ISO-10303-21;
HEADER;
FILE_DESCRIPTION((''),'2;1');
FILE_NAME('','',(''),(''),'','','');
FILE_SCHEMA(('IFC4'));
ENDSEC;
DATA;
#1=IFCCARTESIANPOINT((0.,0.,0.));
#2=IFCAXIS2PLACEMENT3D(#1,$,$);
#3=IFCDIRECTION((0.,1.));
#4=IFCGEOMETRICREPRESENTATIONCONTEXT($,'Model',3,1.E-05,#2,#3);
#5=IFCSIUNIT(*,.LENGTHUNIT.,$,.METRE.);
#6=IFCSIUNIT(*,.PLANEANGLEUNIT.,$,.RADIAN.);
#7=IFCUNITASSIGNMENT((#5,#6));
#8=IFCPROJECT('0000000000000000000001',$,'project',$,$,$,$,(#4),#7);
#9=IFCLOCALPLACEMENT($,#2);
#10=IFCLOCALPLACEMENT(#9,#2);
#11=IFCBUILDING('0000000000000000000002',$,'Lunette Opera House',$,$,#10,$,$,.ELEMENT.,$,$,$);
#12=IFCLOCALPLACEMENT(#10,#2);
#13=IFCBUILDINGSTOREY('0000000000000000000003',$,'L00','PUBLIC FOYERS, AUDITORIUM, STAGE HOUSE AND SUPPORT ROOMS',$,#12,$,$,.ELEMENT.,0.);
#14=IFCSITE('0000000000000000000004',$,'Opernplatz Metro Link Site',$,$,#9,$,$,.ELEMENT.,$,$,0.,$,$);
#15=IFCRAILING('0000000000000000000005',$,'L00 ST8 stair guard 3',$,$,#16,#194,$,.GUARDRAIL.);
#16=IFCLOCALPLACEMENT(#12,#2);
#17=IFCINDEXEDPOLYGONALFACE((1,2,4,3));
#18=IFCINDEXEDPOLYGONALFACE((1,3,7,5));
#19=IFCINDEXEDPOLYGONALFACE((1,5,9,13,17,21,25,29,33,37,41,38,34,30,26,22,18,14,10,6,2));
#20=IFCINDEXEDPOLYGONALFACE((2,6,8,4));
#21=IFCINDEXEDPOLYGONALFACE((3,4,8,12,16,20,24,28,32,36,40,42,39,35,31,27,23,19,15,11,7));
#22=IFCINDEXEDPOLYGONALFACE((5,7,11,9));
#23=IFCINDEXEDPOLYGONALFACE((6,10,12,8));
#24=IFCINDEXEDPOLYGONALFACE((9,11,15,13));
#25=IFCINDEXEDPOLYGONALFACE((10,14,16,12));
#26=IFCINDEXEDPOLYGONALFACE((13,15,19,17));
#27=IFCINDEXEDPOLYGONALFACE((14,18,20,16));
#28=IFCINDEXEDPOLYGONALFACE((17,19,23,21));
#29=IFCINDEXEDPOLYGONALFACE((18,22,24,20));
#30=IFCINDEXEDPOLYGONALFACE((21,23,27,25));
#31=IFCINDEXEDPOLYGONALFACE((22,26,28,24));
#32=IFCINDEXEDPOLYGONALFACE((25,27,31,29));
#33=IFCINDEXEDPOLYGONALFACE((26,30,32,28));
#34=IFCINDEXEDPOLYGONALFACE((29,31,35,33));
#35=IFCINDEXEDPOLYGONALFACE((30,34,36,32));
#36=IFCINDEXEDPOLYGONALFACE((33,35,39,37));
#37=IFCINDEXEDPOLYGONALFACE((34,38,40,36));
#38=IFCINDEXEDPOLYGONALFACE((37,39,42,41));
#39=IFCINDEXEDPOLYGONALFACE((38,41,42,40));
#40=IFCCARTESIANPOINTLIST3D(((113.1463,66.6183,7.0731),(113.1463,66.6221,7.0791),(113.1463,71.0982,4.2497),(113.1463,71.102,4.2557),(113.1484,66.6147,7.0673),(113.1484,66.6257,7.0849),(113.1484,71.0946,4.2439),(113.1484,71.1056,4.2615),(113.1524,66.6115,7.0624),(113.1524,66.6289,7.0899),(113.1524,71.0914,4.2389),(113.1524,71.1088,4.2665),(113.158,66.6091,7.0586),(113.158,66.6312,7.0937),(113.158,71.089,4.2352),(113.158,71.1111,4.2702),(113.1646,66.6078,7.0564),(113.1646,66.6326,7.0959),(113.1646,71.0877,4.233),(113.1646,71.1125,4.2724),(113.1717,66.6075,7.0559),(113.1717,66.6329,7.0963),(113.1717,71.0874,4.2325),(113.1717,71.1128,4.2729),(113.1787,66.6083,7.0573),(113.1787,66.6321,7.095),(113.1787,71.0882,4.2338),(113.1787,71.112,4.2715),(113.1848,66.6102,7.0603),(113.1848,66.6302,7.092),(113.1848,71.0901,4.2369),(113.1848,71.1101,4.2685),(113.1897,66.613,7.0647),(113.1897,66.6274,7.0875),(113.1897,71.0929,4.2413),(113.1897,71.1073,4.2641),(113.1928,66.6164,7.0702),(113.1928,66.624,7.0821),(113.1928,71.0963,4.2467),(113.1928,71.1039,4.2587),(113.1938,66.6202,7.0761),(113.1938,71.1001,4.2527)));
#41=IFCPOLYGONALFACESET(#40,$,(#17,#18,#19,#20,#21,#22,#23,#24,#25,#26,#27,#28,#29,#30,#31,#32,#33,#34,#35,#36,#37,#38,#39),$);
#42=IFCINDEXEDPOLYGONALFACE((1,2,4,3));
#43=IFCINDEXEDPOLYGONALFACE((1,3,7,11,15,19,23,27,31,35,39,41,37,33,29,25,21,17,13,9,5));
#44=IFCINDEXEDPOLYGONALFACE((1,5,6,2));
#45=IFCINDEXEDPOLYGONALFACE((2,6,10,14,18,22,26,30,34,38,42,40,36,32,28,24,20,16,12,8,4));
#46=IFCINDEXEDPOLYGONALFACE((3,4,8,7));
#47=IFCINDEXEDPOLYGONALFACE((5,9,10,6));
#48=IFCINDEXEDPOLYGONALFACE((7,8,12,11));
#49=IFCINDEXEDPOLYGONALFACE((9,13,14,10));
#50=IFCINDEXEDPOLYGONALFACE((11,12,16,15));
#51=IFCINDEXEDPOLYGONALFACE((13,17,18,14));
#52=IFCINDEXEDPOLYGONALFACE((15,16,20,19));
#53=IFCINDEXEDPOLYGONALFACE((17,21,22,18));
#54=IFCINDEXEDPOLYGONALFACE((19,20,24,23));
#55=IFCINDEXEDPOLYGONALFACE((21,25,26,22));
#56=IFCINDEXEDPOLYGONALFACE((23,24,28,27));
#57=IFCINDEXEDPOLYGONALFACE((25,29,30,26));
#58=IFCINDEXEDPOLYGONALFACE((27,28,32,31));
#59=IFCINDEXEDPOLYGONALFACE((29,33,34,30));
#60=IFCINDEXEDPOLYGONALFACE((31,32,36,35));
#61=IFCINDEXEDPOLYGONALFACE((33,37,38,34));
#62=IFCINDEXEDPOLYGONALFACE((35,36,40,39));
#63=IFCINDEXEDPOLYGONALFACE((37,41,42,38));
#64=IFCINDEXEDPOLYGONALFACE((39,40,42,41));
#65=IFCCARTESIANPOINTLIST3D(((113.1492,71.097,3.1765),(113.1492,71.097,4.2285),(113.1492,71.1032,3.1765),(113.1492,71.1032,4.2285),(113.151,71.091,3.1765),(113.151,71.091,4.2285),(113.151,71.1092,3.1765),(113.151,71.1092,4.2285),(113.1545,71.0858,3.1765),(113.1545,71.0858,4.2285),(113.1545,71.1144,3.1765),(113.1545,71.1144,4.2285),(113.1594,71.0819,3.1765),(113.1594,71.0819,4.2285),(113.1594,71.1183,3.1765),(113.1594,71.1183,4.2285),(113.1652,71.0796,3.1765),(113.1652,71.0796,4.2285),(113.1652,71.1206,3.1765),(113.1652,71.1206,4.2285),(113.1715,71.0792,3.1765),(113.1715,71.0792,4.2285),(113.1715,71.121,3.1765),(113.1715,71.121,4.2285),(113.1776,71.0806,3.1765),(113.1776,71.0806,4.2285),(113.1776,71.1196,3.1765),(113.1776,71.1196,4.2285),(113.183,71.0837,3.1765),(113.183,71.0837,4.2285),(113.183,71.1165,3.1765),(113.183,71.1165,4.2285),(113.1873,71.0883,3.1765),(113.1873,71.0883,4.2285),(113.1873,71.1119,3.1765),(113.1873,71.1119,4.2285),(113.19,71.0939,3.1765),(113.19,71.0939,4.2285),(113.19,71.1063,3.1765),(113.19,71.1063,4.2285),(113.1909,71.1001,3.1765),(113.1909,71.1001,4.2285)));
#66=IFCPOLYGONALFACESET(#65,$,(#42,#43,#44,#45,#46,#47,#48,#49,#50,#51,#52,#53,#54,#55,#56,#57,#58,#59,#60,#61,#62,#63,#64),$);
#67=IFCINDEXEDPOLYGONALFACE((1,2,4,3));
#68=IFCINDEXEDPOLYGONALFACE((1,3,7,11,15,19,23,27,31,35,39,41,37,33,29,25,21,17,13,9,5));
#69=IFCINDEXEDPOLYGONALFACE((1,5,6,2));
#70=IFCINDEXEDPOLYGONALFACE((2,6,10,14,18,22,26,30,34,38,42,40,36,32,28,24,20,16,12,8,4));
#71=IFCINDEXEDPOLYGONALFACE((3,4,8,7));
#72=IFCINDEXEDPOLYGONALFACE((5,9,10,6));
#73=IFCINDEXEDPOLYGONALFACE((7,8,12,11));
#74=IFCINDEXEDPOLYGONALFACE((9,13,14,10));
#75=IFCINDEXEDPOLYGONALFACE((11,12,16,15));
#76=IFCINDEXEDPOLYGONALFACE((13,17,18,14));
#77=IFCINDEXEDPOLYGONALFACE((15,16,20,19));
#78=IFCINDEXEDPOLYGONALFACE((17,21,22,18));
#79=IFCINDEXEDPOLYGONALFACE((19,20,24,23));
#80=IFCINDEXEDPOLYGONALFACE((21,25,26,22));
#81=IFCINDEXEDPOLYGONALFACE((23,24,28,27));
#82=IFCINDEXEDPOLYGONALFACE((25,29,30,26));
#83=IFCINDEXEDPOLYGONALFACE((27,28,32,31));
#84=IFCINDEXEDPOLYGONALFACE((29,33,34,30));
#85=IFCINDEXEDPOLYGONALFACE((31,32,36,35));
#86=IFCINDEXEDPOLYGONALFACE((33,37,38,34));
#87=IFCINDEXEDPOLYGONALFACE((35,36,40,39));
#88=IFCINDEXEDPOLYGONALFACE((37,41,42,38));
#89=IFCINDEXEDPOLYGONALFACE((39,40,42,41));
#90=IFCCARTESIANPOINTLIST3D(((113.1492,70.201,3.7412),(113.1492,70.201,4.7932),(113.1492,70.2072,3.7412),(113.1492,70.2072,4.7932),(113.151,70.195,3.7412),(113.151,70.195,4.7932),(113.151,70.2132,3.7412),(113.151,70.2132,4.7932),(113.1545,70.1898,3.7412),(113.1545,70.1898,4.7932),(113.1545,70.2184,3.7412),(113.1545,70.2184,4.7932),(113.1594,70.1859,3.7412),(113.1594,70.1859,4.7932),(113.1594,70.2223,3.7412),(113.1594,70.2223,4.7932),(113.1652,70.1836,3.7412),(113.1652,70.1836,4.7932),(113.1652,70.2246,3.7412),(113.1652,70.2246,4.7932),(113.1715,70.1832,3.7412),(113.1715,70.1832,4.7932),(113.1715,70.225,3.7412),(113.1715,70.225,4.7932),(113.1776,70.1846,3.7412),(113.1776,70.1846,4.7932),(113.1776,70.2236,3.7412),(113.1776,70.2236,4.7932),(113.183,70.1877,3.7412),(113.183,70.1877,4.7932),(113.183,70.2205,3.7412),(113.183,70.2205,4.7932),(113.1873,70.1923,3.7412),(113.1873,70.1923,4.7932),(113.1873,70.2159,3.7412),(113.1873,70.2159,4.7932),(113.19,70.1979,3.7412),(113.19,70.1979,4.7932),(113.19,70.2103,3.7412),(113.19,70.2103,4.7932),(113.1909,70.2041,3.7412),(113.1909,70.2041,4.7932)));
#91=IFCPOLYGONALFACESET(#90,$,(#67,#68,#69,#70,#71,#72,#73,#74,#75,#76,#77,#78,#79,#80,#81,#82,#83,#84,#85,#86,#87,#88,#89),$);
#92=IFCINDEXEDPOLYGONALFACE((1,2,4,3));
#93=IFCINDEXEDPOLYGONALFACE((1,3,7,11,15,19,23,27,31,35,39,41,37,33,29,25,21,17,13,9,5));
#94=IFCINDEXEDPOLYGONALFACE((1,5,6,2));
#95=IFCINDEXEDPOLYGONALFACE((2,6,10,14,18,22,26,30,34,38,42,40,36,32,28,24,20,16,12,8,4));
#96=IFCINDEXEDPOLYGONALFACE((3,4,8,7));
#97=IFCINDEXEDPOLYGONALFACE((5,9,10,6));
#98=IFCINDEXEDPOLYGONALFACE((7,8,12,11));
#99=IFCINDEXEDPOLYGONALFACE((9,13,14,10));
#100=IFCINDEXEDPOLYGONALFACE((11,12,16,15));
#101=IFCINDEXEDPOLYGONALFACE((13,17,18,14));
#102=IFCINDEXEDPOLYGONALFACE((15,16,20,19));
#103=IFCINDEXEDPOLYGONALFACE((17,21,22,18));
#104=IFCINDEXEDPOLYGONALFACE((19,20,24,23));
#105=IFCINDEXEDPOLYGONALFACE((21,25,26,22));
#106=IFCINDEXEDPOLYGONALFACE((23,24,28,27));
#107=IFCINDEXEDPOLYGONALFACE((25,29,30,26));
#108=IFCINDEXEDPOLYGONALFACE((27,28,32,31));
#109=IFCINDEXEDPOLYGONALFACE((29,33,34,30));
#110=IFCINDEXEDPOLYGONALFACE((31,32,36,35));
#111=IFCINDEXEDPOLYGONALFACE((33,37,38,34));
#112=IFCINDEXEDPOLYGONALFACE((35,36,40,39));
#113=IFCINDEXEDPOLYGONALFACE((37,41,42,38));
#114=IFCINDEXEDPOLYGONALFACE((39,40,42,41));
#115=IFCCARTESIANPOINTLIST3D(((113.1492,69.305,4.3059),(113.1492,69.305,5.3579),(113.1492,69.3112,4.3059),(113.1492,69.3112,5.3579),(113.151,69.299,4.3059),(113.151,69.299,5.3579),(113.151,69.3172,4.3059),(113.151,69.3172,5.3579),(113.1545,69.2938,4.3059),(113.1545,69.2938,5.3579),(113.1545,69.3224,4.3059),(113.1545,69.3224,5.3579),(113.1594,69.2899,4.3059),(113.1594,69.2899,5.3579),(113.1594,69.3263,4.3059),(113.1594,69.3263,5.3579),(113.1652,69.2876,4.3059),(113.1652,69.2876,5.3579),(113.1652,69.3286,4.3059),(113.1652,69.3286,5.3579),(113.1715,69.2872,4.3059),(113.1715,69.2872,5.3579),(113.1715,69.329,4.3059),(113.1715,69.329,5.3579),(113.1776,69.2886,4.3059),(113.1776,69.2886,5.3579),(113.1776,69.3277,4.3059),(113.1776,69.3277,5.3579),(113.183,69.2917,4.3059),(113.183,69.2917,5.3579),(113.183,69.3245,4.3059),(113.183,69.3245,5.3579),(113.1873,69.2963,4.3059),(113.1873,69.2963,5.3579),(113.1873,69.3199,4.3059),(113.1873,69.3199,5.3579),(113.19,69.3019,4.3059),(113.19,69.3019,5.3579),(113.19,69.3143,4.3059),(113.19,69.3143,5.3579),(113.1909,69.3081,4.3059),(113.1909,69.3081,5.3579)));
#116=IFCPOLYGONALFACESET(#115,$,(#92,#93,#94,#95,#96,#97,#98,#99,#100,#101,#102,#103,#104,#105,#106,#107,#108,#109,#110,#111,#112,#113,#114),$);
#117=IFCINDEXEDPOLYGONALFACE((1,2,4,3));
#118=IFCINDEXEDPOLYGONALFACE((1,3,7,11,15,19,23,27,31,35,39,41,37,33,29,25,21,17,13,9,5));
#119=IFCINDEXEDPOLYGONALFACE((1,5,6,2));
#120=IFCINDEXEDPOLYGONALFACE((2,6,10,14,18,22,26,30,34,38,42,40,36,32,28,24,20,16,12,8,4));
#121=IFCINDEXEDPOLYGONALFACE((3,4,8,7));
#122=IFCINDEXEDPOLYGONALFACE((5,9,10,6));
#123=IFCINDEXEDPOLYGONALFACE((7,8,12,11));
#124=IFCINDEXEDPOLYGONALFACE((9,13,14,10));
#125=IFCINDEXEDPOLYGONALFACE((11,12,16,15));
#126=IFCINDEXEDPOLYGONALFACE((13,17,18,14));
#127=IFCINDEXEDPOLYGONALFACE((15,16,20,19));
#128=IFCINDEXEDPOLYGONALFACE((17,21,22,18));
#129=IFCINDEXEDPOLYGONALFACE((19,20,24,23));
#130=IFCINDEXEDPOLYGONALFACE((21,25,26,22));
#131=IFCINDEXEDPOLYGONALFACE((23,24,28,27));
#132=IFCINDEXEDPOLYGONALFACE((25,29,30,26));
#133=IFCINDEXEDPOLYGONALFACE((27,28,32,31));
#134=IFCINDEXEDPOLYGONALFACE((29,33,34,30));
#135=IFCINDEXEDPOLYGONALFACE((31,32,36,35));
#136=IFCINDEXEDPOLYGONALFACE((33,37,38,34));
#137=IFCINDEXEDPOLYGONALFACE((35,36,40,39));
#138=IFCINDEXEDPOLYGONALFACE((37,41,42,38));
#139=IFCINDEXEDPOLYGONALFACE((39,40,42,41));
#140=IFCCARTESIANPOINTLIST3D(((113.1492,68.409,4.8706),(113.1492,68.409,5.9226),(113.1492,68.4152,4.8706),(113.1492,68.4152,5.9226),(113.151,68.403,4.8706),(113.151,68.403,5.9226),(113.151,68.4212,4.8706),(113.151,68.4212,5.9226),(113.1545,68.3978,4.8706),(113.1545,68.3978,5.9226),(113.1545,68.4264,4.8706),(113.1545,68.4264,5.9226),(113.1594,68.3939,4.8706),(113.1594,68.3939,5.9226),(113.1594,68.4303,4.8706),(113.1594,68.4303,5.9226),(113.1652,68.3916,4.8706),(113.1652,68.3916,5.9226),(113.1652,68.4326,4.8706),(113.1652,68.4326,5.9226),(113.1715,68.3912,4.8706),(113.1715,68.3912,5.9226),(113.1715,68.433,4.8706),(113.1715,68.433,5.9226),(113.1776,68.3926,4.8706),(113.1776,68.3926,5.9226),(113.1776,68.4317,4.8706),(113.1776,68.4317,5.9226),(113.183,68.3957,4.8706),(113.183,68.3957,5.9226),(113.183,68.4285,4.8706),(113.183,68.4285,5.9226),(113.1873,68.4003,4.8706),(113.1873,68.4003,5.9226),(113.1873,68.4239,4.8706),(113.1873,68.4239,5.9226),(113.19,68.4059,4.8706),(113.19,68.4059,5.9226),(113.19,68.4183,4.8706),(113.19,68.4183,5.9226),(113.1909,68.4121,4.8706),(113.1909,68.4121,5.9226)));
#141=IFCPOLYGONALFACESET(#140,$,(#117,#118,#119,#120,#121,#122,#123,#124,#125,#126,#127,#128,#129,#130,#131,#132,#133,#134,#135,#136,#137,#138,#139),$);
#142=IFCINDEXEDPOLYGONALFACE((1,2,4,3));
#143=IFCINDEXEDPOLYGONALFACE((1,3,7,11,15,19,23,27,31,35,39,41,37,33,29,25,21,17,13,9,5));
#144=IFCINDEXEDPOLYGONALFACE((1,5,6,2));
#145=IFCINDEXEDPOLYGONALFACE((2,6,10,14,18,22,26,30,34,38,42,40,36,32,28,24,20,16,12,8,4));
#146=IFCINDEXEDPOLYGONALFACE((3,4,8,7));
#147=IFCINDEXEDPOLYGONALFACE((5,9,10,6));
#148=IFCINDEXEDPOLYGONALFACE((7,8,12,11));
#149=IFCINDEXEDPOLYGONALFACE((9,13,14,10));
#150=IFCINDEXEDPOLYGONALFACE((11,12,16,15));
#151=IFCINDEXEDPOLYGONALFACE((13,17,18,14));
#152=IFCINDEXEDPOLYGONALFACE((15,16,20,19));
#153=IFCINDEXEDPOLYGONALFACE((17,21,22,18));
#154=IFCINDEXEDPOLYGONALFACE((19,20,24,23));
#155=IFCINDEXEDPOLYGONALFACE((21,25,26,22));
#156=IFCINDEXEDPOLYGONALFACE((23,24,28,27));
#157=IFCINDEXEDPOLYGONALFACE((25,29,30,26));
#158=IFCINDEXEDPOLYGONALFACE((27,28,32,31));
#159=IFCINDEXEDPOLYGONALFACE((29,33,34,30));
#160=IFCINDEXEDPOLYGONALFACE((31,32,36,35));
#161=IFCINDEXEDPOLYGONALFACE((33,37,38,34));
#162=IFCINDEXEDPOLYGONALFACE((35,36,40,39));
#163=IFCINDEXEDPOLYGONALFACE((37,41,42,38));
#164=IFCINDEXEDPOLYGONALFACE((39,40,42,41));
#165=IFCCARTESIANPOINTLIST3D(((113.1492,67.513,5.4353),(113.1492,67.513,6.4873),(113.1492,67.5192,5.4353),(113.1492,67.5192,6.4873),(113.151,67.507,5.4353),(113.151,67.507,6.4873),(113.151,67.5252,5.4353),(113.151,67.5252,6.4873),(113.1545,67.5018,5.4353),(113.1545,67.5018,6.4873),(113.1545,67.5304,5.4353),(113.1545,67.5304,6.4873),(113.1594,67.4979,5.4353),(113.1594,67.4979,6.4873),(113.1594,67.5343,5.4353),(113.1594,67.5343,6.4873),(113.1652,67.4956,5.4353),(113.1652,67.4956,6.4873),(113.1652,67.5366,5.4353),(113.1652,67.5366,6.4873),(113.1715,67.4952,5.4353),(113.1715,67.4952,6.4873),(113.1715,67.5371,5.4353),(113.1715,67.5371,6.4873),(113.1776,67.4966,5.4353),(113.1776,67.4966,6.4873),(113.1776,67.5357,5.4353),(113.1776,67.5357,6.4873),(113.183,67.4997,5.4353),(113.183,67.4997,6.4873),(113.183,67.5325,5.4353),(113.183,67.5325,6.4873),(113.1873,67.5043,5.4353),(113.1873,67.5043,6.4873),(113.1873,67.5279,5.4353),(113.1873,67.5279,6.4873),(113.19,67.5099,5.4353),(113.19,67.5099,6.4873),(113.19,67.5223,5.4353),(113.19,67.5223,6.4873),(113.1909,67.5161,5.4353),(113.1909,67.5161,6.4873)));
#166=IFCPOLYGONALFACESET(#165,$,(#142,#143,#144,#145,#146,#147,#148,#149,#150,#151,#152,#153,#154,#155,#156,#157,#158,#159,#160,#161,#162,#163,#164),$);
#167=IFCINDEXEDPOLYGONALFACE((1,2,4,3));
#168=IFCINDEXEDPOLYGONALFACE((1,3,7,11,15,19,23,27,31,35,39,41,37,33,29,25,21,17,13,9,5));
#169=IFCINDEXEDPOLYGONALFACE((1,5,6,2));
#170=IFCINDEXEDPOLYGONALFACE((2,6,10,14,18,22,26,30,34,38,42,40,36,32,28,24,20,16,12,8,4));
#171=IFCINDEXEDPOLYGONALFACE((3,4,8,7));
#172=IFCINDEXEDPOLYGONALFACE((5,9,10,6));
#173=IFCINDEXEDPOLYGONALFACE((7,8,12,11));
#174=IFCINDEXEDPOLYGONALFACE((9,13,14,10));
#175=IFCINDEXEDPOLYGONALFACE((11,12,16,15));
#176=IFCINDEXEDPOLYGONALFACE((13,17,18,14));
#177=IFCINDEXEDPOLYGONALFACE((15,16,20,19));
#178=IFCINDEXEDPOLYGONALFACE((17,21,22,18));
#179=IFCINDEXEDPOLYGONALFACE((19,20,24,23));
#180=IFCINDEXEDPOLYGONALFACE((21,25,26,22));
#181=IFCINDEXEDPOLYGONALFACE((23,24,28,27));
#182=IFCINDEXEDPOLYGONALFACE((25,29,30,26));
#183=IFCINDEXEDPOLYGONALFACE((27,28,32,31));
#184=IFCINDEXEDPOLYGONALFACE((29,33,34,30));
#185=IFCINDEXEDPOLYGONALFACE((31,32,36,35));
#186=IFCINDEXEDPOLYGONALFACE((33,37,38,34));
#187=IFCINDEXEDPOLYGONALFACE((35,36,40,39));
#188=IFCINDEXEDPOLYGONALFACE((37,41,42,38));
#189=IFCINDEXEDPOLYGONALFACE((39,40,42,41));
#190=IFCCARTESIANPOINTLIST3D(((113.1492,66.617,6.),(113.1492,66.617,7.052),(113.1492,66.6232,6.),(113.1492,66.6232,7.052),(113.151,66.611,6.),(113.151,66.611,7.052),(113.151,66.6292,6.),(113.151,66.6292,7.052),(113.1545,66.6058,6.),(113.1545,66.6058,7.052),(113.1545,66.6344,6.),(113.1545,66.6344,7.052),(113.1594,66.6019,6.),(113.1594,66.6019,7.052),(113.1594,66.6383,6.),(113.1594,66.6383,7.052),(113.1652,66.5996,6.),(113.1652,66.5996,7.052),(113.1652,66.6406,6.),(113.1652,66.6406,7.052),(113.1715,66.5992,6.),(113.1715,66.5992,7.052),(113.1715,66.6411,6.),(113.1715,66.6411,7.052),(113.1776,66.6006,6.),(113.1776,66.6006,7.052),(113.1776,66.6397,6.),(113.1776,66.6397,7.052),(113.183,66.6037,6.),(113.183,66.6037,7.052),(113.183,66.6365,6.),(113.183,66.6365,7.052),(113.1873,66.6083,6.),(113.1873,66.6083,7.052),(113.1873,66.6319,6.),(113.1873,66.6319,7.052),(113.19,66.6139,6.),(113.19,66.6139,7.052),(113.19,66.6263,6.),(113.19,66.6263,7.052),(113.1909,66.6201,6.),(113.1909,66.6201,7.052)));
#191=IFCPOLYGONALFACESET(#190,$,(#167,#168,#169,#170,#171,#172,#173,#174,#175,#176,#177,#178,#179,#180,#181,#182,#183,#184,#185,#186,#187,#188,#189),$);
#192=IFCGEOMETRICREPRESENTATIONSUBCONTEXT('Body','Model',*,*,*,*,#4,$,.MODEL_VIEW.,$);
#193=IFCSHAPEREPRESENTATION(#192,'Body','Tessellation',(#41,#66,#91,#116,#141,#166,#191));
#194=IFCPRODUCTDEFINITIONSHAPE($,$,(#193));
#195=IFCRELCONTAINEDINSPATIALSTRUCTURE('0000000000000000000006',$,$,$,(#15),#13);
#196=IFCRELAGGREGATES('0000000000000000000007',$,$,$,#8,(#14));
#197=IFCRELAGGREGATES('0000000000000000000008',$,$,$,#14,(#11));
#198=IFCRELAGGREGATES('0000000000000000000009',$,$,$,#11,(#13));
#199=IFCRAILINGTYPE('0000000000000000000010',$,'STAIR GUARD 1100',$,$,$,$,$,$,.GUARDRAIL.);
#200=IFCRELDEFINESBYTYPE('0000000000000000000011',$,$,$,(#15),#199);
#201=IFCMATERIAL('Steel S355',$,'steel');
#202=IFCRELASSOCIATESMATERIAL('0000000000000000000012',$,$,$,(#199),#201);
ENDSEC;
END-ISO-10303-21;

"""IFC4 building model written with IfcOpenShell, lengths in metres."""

from ifc_helpers import new_model, si_unit, direction, frame, origin, origin_2d, place, context, subcontext, project, spatial, circle, extrude, material, type_object, element, save


model = new_model("IFC4")

# Units and contexts
model_context = context("Model", 3, precision=1e-05, world=origin(), true_north=direction((0.0, 1.0)))
body_context = subcontext(model_context, "Body", "Model", "MODEL_VIEW")
ifc_project = project(units=[si_unit("LENGTHUNIT", "METRE"), si_unit("PLANEANGLEUNIT", "RADIAN")], contexts=[model_context])

# Site, building, storey
site_placement = place(None, origin())
site = spatial("IfcSite", under=ifc_project, at=site_placement, Name="Opernplatz Metro Link Site", CompositionType="ELEMENT", RefElevation=0.0)
building_placement = place(site_placement, origin())
building = spatial("IfcBuilding", under=site, at=building_placement, Name="Lunette Opera House", CompositionType="ELEMENT")
storey_placement = place(building_placement, origin())
storey = spatial("IfcBuildingStorey", under=building, at=storey_placement, Name="L00", Description="PUBLIC FOYERS, AUDITORIUM, STAGE HOUSE AND SUPPORT ROOMS", CompositionType="ELEMENT", Elevation=0.0)

# Railing
ifc_material_1 = material(Name="Steel S355", Category="steel")
railing_type_1 = type_object("IfcRailingType", Name="STAIR GUARD 1100", PredefinedType="GUARDRAIL", material=ifc_material_1)
railing_1_placement = place(storey_placement, frame((113.1699, 71.1001, 3.1765)))
element("IfcRailing", 1, at=railing_1_placement, inside=storey, type_object=railing_type_1, Name="L00 ST8 stair guard 3", PredefinedType="GUARDRAIL", context=body_context, shape_type="SweptSolid", body=[
    extrude(circle(Radius=0.0239, at=origin_2d()), frame((0.0, 0.0, 1.0762), z_axis=(0.0, -0.845998, 0.533186), x_axis=(1.0, 0.0, 0.0)), (0.0, 0.0, 1.0), 5.2954),
    extrude(circle(Radius=0.021, at=origin_2d()), origin(), (0.0, 0.0, 1.0), 1.052),
    extrude(circle(Radius=0.021, at=origin_2d()), frame((0.0, -0.896, 0.5647)), (0.0, 0.0, 1.0), 1.052),
    extrude(circle(Radius=0.021, at=origin_2d()), frame((0.0, -1.792, 1.1294)), (0.0, 0.0, 1.0), 1.052),
    extrude(circle(Radius=0.021, at=origin_2d()), frame((0.0, -2.688, 1.6941)), (0.0, 0.0, 1.0), 1.052),
    extrude(circle(Radius=0.021, at=origin_2d()), frame((0.0, -3.584, 2.2588)), (0.0, 0.0, 1.0), 1.052),
    extrude(circle(Radius=0.021, at=origin_2d()), frame((0.0, -4.48, 2.8235)), (0.0, 0.0, 1.0), 1.052),
])

save(model, "model.ifc")
